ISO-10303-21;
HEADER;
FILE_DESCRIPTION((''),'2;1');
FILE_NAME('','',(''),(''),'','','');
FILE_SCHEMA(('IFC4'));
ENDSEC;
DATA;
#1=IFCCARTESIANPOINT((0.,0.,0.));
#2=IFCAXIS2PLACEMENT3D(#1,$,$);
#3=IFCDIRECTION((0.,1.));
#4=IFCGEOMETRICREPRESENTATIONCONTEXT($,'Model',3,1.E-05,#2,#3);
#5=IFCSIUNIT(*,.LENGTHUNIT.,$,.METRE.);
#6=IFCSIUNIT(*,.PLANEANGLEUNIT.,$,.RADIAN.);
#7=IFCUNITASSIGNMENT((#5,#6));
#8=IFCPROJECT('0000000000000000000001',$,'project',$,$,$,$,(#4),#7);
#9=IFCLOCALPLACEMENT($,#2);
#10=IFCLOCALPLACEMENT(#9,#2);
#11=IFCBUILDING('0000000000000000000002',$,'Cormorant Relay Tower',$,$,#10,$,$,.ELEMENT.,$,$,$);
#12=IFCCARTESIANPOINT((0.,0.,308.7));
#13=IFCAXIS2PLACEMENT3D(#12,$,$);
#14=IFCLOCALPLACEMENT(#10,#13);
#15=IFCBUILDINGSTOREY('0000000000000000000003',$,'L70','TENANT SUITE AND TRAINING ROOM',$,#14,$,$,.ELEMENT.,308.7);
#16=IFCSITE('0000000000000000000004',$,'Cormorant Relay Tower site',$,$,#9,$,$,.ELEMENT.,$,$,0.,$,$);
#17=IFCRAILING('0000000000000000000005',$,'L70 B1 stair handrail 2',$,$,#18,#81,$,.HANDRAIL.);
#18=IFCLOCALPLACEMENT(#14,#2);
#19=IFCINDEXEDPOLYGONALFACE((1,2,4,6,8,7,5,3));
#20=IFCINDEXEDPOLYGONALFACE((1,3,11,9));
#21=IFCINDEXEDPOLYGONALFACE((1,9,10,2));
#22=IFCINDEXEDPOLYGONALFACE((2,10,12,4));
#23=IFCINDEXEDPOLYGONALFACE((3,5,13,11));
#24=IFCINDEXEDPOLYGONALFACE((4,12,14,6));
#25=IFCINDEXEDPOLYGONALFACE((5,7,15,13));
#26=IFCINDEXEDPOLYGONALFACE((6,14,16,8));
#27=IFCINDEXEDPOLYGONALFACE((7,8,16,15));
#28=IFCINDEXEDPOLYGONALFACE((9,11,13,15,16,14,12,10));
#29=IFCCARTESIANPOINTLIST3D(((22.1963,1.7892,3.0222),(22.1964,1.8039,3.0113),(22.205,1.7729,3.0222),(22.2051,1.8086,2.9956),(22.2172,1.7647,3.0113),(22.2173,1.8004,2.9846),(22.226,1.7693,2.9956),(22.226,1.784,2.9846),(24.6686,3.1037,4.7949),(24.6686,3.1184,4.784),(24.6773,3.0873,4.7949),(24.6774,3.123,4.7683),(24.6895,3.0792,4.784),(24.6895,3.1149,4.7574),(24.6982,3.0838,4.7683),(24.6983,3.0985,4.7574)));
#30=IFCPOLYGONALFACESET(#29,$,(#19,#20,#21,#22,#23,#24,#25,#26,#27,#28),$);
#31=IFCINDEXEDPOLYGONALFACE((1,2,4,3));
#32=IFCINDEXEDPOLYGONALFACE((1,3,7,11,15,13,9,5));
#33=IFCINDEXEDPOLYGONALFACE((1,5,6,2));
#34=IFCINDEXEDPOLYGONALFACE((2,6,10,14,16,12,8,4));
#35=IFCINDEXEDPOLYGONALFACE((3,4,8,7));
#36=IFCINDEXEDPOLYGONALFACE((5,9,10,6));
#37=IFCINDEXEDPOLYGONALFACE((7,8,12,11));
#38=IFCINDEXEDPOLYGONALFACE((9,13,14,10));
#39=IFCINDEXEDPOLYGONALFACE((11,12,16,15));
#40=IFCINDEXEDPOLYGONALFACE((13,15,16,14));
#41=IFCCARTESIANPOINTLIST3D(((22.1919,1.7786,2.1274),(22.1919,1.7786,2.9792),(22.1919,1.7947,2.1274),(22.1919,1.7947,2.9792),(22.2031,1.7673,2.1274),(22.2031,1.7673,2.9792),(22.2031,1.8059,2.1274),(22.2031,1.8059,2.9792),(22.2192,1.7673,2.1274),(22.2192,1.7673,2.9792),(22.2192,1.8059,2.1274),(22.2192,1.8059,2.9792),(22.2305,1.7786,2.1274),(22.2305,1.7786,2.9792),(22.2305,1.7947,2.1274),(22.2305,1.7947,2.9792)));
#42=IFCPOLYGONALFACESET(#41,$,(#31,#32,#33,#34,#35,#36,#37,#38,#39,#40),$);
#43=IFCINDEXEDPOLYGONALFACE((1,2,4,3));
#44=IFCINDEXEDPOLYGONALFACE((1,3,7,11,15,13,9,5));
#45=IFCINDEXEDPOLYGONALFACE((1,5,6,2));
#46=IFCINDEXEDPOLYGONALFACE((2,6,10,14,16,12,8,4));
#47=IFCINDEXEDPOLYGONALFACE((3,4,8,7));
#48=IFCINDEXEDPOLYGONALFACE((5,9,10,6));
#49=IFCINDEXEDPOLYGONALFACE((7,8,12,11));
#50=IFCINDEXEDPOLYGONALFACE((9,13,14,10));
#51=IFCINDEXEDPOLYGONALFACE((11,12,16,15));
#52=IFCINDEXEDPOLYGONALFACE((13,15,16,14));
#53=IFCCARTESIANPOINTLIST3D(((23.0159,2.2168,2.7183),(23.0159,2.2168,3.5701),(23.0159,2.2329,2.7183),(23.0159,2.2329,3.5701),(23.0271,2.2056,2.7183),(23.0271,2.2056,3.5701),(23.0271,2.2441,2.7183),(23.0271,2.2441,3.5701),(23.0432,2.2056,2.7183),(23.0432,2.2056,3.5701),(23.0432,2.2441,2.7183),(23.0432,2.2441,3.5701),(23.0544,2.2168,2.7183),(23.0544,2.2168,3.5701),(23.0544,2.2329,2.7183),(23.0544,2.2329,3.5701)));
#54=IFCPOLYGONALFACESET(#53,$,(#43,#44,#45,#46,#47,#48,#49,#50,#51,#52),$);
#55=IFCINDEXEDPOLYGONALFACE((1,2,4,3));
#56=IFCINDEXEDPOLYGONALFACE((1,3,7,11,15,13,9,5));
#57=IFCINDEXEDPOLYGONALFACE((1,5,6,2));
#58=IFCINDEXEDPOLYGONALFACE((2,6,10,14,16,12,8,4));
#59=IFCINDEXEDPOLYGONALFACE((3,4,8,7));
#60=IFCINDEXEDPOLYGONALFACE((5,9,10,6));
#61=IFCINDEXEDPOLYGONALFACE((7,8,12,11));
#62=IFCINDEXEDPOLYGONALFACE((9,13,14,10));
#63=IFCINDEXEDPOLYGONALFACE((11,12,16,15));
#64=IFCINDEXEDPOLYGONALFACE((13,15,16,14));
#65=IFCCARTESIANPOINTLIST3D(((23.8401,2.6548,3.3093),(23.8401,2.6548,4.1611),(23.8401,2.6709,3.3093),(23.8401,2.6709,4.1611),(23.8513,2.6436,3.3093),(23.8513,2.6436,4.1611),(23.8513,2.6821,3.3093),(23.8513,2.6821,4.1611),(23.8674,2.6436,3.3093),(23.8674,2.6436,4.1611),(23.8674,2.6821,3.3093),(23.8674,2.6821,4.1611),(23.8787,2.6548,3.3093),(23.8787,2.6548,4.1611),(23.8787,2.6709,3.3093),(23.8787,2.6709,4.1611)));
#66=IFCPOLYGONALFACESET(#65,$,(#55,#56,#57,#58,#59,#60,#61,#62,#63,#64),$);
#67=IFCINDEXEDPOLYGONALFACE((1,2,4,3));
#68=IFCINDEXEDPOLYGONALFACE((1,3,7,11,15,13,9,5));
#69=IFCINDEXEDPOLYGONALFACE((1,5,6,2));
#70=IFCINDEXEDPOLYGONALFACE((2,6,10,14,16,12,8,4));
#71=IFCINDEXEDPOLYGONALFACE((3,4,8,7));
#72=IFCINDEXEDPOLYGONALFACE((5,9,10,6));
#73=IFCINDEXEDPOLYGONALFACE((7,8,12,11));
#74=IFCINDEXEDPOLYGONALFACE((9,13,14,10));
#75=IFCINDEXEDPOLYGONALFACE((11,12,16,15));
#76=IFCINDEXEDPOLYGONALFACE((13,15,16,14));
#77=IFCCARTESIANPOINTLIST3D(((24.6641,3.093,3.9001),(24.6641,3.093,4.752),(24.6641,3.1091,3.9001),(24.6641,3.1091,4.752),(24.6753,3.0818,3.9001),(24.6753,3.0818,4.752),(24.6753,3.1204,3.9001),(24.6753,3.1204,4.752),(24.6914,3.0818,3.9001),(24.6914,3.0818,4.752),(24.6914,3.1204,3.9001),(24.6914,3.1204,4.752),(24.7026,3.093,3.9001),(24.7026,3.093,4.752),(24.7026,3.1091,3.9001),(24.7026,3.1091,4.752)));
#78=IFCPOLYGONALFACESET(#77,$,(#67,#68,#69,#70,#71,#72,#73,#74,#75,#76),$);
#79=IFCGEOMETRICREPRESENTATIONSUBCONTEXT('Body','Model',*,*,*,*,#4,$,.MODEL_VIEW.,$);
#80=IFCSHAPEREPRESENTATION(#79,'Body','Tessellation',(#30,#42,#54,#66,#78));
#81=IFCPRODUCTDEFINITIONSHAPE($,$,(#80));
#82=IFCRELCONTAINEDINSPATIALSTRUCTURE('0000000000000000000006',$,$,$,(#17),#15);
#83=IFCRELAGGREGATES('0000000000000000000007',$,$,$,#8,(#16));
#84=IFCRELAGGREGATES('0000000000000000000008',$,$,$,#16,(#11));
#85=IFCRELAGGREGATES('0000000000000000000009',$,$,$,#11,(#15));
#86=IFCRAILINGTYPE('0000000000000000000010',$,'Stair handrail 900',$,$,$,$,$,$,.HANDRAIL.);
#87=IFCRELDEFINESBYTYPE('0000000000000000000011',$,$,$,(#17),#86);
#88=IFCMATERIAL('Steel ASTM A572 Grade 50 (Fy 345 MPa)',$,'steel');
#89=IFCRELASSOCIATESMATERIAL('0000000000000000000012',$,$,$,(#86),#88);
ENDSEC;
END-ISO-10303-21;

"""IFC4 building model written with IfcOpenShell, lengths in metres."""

from ifc_helpers import new_model, si_unit, direction, frame, origin, place, context, subcontext, project, spatial, polyline, outline, extrude, material, type_object, element, save


model = new_model("IFC4")

# Units and contexts
model_context = context("Model", 3, precision=1e-05, world=origin(), true_north=direction((0.0, 1.0)))
body_context = subcontext(model_context, "Body", "Model", "MODEL_VIEW")
ifc_project = project(units=[si_unit("LENGTHUNIT", "METRE"), si_unit("PLANEANGLEUNIT", "RADIAN")], contexts=[model_context])

# Site, building, storey
site_placement = place(None, origin())
site = spatial("IfcSite", under=ifc_project, at=site_placement, Name="Cormorant Relay Tower site", CompositionType="ELEMENT", RefElevation=0.0)
building_placement = place(site_placement, origin())
building = spatial("IfcBuilding", under=site, at=building_placement, Name="Cormorant Relay Tower", CompositionType="ELEMENT")
storey_placement = place(building_placement, frame((0.0, 0.0, 308.7)))
storey = spatial("IfcBuildingStorey", under=building, at=storey_placement, Name="L70", Description="TENANT SUITE AND TRAINING ROOM", CompositionType="ELEMENT", Elevation=308.7)

# Railing
ifc_material_1 = material(Name="Steel ASTM A572 Grade 50 (Fy 345 MPa)", Category="steel")
railing_type_1 = type_object("IfcRailingType", Name="Stair handrail 900", PredefinedType="HANDRAIL", material=ifc_material_1)
railing_1_placement = place(storey_placement, frame((22.2112, 1.7866, 2.1274)))
element("IfcRailing", 1, at=railing_1_placement, inside=storey, type_object=railing_type_1, Name="L70 B1 stair handrail 2", PredefinedType="HANDRAIL", context=body_context, shape_type="SweptSolid", body=[
    extrude(outline(polyline([(0.0222, 0.0093), (0.0093, 0.0222), (-0.0093, 0.0222), (-0.0222, 0.0093), (-0.0222, -0.0093), (-0.0093, -0.0222), (0.0093, -0.0222), (0.0222, -0.0093), (0.0222, 0.0093)])), frame((0.0, 0.0, 0.876), z_axis=(0.746001, 0.396649, 0.534931), x_axis=(-0.469465, 0.882951, 0.0)), (0.0, 0.0, 1.0), 3.314),
    extrude(outline(polyline([(0.0193, 0.0081), (0.0081, 0.0193), (-0.0081, 0.0193), (-0.0193, 0.0081), (-0.0193, -0.0081), (-0.0081, -0.0193), (0.0081, -0.0193), (0.0193, -0.0081), (0.0193, 0.0081)])), origin(), (0.0, 0.0, 1.0), 0.8518),
    extrude(outline(polyline([(0.0193, 0.0081), (0.0081, 0.0193), (-0.0081, 0.0193), (-0.0193, 0.0081), (-0.0193, -0.0081), (-0.0081, -0.0193), (0.0081, -0.0193), (0.0193, -0.0081), (0.0193, 0.0081)])), frame((0.824, 0.4382, 0.5908)), (0.0, 0.0, 1.0), 0.8518),
    extrude(outline(polyline([(0.0193, 0.0081), (0.0081, 0.0193), (-0.0081, 0.0193), (-0.0193, 0.0081), (-0.0193, -0.0081), (-0.0081, -0.0193), (0.0081, -0.0193), (0.0193, -0.0081), (0.0193, 0.0081)])), frame((1.6482, 0.8762, 1.1819)), (0.0, 0.0, 1.0), 0.8518),
    extrude(outline(polyline([(0.0193, 0.0081), (0.0081, 0.0193), (-0.0081, 0.0193), (-0.0193, 0.0081), (-0.0193, -0.0081), (-0.0081, -0.0193), (0.0081, -0.0193), (0.0193, -0.0081), (0.0193, 0.0081)])), frame((2.4722, 1.3145, 1.7727)), (0.0, 0.0, 1.0), 0.8518),
])

save(model, "model.ifc")
